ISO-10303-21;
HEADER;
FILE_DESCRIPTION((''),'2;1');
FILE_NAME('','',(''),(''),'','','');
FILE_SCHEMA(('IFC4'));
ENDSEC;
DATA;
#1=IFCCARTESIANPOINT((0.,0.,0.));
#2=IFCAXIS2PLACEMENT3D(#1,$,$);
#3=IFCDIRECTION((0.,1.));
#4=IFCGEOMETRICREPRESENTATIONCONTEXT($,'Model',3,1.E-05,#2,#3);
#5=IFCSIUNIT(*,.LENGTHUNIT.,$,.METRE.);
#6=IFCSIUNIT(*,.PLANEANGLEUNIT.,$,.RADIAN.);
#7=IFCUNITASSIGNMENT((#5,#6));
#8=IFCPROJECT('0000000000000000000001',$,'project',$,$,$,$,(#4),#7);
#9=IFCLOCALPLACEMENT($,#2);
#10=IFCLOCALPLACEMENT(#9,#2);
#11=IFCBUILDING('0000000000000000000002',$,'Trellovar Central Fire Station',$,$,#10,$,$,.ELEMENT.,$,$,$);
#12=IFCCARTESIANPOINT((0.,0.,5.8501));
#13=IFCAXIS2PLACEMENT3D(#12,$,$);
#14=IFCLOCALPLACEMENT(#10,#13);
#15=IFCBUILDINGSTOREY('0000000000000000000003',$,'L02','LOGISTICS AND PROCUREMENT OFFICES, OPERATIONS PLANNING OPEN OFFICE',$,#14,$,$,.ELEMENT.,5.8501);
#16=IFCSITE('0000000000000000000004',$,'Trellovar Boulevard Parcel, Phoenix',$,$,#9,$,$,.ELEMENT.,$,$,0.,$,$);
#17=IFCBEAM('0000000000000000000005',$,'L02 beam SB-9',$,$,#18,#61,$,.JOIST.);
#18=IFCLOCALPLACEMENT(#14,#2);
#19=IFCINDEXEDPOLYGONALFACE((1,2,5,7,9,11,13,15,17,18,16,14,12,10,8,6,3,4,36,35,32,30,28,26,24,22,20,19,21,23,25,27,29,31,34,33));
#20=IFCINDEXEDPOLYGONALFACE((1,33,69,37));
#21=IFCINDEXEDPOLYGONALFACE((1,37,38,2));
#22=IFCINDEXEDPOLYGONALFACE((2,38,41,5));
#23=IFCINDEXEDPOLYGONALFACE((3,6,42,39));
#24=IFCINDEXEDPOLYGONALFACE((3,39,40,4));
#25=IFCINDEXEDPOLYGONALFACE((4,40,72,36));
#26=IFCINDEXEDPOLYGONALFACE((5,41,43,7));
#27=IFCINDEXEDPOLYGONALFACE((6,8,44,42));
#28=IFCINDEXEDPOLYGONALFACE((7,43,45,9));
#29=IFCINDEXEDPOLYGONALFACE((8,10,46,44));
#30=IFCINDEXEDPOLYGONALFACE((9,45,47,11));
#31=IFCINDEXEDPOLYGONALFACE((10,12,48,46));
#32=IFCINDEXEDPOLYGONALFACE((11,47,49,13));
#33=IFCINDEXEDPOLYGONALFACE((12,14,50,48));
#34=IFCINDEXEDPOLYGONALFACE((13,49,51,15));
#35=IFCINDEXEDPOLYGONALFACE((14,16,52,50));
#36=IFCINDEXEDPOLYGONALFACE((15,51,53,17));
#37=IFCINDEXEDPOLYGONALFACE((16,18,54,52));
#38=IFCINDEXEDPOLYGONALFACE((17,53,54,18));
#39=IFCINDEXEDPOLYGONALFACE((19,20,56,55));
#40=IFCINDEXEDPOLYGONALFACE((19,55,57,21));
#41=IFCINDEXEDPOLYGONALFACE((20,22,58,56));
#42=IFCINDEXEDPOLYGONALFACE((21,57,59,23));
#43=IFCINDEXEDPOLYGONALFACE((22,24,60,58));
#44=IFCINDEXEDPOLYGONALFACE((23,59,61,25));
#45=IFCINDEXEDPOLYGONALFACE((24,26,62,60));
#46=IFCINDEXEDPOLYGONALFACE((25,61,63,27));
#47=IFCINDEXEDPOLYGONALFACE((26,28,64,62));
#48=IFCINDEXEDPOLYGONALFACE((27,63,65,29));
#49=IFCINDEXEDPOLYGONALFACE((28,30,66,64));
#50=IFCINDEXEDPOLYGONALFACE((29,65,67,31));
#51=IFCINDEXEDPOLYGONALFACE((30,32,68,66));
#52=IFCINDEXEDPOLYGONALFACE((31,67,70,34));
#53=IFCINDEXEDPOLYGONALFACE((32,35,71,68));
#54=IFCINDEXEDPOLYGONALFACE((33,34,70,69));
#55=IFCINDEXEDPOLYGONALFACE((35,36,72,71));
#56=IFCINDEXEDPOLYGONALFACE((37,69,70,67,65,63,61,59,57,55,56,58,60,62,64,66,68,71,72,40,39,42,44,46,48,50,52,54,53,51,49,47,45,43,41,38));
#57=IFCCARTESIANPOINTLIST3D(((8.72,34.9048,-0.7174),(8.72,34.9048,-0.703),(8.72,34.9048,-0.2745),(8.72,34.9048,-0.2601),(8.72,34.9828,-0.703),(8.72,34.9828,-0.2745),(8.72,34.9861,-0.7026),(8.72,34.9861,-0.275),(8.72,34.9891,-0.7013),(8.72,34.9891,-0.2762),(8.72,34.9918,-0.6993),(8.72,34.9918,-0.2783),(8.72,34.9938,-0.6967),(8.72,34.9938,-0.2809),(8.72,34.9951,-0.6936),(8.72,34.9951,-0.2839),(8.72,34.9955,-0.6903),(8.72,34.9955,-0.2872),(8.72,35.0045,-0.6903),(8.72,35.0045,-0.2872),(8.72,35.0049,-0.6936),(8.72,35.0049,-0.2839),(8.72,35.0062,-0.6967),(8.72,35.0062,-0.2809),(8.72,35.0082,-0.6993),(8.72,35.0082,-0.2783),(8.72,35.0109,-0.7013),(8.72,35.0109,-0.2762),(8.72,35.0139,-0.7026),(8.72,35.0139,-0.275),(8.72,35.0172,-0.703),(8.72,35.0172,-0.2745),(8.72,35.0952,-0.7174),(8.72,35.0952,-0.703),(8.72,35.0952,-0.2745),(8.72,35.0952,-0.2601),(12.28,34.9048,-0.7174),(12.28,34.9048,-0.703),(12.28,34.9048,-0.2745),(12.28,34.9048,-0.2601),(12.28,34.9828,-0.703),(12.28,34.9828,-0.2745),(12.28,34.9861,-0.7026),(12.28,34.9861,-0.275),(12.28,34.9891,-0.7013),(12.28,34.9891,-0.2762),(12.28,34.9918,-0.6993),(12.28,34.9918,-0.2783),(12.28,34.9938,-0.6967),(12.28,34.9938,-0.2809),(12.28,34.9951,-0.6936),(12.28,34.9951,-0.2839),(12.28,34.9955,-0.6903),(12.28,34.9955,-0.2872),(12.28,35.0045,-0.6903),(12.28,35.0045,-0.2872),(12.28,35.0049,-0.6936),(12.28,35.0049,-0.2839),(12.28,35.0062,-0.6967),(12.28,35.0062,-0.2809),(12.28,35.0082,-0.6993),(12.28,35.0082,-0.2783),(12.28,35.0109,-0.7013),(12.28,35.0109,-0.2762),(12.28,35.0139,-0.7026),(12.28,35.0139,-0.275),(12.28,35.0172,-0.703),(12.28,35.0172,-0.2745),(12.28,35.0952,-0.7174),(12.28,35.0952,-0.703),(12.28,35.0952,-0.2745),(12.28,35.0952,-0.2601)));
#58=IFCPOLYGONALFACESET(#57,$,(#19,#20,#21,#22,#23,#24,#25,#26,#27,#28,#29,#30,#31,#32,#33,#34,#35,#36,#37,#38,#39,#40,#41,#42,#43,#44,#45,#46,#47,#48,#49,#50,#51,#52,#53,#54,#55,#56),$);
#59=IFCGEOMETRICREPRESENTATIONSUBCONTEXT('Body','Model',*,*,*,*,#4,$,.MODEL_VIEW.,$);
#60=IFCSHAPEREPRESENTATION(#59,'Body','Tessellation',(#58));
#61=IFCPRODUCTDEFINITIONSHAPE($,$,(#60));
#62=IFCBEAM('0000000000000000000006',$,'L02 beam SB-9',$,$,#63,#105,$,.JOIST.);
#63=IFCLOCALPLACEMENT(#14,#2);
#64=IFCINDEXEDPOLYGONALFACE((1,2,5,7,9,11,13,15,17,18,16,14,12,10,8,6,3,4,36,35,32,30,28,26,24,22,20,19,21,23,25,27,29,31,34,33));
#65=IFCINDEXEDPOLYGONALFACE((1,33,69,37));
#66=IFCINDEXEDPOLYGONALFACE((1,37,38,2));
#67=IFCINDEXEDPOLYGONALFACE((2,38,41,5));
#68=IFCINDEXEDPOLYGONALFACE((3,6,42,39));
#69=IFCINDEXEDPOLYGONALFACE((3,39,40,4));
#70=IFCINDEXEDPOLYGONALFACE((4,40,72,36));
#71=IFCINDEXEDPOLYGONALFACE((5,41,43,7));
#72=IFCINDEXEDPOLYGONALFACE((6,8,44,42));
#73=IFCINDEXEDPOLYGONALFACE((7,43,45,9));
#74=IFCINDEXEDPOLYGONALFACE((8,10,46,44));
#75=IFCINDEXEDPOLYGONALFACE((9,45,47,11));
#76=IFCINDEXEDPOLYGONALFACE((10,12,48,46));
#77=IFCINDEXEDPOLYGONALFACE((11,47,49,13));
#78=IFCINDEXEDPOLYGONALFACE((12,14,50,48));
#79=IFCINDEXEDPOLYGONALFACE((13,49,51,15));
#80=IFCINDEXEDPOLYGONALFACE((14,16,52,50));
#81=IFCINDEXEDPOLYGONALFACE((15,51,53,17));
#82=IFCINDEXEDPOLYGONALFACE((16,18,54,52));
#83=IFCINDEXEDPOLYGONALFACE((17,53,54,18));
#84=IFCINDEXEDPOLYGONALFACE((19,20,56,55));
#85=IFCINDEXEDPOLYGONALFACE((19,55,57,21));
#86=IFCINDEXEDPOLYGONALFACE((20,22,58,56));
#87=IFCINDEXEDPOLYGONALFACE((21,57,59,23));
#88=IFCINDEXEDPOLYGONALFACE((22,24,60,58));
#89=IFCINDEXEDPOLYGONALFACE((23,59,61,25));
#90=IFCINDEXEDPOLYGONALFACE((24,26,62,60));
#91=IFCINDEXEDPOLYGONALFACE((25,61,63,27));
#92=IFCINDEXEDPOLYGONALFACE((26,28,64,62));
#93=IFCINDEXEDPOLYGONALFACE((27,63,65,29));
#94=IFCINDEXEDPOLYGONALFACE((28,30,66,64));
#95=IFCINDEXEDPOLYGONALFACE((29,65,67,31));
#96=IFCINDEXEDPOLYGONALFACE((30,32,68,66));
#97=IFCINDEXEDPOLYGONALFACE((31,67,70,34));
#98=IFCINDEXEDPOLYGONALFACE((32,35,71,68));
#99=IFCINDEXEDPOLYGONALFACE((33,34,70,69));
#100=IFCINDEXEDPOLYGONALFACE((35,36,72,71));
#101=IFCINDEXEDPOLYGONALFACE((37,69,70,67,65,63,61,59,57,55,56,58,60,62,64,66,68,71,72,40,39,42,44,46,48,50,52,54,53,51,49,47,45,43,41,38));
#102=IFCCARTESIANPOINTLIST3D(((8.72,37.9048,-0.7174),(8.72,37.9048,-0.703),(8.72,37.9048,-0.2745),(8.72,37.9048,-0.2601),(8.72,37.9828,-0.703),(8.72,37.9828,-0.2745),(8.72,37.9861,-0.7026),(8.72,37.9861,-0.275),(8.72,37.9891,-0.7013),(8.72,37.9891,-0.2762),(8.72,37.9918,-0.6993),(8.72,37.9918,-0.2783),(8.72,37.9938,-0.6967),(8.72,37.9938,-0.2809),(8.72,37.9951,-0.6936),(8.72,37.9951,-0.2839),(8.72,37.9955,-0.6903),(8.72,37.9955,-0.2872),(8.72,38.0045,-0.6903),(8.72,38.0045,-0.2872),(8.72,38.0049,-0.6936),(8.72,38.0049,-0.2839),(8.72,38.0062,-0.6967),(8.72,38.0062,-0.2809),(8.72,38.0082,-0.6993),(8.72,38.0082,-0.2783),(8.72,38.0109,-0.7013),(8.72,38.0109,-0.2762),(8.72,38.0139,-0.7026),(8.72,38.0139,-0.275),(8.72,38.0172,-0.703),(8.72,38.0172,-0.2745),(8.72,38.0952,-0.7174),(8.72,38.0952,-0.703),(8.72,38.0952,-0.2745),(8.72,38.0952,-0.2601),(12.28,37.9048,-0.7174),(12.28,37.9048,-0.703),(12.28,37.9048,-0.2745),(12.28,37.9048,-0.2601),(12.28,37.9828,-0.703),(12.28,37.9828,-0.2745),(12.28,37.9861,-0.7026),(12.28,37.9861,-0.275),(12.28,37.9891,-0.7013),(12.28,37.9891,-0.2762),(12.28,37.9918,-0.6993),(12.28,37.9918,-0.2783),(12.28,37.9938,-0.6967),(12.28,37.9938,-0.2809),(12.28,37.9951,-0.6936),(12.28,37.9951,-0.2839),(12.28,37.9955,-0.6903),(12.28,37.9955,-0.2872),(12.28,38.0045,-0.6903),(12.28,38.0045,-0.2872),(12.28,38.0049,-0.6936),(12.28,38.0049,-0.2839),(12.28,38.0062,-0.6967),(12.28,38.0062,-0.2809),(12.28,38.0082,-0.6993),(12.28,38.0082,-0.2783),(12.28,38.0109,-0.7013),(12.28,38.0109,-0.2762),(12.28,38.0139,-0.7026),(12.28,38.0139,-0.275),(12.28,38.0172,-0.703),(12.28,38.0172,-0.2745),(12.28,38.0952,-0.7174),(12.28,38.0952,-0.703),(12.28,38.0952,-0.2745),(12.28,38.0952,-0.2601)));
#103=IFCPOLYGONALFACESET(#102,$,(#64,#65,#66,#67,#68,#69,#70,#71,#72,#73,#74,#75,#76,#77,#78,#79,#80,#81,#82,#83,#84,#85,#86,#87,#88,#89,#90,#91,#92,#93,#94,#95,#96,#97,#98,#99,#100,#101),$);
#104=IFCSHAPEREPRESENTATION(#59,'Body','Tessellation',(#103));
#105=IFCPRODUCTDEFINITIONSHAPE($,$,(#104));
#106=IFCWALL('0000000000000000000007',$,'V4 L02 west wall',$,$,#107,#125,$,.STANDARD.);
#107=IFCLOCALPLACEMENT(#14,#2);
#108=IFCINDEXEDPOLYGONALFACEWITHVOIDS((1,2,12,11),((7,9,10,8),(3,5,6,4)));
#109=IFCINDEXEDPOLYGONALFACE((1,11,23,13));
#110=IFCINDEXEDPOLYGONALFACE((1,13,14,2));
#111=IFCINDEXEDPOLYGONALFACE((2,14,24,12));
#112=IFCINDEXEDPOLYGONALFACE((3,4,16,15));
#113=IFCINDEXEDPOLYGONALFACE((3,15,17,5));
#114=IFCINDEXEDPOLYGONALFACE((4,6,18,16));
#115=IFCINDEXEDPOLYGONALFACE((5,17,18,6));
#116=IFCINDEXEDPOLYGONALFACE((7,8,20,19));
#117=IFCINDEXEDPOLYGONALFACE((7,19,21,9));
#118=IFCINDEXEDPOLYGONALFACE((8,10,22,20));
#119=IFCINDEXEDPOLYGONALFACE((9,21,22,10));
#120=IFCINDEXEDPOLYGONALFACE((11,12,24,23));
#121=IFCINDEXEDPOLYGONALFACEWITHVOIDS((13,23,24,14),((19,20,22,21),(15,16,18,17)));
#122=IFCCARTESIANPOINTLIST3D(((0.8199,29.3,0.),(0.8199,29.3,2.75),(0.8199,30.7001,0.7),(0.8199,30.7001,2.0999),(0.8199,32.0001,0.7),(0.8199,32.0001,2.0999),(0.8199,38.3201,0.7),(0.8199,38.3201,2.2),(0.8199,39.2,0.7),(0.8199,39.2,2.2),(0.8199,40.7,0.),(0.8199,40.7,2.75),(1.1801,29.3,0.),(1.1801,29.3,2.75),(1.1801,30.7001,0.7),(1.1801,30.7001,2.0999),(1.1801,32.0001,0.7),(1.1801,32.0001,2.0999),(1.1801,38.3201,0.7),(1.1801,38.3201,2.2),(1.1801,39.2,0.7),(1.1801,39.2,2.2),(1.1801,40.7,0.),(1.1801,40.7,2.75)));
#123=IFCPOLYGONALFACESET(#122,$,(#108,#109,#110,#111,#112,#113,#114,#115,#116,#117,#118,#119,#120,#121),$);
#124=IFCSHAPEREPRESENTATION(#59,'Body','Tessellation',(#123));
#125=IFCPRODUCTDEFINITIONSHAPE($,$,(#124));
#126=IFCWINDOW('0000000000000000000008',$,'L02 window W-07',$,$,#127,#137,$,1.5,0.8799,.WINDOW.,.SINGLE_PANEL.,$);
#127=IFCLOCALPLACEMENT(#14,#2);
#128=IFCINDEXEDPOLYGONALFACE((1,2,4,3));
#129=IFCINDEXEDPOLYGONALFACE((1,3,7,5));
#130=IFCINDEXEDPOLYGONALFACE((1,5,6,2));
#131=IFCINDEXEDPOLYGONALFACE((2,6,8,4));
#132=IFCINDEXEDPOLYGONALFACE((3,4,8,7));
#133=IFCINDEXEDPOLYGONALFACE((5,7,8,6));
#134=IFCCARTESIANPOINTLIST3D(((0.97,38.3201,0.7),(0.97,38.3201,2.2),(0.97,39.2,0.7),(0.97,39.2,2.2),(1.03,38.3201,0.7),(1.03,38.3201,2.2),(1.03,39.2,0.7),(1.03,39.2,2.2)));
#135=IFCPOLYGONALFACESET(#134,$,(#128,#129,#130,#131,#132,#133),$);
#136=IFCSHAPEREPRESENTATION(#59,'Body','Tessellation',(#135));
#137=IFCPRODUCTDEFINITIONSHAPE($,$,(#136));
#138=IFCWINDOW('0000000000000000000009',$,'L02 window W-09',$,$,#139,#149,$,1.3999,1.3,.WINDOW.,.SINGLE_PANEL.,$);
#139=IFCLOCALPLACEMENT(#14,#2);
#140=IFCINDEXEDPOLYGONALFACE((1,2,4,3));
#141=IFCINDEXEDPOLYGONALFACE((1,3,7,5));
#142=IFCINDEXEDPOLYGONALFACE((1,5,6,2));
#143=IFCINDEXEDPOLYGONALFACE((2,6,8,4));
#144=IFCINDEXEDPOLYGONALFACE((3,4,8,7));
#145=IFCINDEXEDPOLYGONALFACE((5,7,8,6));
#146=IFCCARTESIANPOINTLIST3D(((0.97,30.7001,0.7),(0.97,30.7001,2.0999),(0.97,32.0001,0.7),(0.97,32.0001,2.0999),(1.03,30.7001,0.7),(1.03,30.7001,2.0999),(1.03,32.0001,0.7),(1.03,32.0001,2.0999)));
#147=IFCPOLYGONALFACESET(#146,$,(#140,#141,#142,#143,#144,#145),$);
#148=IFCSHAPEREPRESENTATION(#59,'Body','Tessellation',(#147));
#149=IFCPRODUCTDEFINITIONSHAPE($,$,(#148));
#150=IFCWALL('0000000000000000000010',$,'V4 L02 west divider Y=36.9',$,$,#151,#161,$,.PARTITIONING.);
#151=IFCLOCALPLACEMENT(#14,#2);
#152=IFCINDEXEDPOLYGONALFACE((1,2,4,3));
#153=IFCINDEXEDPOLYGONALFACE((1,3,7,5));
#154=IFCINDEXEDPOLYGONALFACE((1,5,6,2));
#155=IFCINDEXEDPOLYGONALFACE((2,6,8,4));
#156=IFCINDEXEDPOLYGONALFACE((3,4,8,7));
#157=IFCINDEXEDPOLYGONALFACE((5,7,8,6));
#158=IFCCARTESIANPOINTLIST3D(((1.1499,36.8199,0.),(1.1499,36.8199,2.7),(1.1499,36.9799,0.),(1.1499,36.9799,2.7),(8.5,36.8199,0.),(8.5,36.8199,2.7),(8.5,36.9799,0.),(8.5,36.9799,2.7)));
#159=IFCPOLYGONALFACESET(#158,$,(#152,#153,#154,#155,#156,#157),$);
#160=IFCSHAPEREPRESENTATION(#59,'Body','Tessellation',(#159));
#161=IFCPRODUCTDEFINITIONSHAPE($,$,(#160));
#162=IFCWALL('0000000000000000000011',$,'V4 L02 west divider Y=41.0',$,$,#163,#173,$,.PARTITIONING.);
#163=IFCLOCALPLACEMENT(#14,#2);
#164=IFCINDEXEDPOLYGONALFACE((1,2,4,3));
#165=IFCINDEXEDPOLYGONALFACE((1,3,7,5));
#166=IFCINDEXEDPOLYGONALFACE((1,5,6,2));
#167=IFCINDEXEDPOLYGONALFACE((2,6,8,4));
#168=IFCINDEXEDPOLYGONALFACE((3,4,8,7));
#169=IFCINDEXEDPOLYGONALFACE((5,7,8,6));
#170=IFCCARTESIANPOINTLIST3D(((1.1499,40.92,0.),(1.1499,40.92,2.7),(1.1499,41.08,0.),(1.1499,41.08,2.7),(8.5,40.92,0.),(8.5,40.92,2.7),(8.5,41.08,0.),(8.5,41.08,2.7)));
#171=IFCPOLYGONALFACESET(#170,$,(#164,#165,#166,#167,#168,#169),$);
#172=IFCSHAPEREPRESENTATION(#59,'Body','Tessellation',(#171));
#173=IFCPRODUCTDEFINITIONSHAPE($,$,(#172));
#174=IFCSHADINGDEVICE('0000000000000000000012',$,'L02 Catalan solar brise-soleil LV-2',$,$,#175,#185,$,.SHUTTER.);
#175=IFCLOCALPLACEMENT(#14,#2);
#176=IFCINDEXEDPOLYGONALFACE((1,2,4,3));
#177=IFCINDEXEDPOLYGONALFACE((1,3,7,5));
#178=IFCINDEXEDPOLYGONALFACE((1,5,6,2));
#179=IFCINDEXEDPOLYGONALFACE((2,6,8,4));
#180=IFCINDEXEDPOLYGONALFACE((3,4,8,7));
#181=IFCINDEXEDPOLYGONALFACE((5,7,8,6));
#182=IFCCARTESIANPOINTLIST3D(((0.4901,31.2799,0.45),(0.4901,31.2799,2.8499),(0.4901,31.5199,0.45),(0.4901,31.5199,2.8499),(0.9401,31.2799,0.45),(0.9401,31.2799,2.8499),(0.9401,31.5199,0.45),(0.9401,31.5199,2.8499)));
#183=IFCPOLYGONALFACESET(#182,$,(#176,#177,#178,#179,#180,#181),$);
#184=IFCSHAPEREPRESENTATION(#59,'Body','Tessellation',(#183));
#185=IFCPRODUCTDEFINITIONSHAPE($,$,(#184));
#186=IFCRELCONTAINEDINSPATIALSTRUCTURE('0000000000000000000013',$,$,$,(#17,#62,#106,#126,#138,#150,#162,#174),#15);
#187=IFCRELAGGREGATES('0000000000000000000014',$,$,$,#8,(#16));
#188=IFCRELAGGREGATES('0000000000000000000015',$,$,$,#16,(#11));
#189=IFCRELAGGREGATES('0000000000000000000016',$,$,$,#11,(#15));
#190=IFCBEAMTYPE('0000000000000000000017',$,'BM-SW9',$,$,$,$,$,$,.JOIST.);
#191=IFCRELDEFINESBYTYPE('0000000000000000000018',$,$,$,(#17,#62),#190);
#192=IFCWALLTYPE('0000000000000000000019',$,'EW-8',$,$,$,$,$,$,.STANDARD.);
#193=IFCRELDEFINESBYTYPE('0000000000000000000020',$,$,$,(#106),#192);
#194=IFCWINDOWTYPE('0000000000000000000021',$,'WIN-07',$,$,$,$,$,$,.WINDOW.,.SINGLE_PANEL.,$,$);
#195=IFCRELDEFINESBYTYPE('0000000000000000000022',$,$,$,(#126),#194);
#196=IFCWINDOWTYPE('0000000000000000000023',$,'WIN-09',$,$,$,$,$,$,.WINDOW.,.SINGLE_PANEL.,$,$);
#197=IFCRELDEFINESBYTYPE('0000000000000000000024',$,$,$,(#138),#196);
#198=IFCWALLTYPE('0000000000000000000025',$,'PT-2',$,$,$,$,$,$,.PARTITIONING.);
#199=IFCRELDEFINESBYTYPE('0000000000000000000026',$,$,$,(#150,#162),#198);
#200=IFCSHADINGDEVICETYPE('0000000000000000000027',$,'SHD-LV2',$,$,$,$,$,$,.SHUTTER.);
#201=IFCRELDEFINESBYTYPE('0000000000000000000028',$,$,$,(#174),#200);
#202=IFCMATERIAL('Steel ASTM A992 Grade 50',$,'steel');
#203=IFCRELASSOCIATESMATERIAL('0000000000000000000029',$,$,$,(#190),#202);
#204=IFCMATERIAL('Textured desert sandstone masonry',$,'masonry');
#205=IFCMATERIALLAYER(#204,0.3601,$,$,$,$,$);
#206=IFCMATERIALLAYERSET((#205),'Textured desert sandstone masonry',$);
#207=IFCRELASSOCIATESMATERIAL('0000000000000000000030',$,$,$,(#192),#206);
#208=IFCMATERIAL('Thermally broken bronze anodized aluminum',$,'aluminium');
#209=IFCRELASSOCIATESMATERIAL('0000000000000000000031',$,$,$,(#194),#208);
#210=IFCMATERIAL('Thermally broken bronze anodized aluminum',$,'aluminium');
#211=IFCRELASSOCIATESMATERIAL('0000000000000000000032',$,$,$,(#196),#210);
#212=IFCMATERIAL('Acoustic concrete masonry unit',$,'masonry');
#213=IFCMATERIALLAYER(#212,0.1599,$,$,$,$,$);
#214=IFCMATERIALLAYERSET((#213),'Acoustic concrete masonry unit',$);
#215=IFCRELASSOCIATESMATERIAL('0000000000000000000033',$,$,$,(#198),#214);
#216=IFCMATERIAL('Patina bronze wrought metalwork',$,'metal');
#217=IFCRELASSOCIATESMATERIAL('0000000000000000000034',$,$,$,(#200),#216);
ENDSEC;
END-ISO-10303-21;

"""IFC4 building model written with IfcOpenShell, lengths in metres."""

from ifc_helpers import new_model, si_unit, direction, frame, frame_2d, origin, origin_2d, place, context, subcontext, project, spatial, rectangle, i_section, extrude, material, layer, layer_set, material_profile, profile_set, type_object, element, fill, save


model = new_model("IFC4")

# Units and contexts
model_context = context("Model", 3, precision=1e-05, world=origin(), true_north=direction((0.0, 1.0)))
body_context = subcontext(model_context, "Body", "Model", "MODEL_VIEW")
ifc_project = project(units=[si_unit("LENGTHUNIT", "METRE"), si_unit("PLANEANGLEUNIT", "RADIAN")], contexts=[model_context])

# Site, building, storey
site_placement = place(None, origin())
site = spatial("IfcSite", under=ifc_project, at=site_placement, Name="Trellovar Boulevard Parcel, Phoenix", CompositionType="ELEMENT", RefElevation=0.0)
building_placement = place(site_placement, origin())
building = spatial("IfcBuilding", under=site, at=building_placement, Name="Trellovar Central Fire Station", CompositionType="ELEMENT")
storey_placement = place(building_placement, frame((0.0, 0.0, 5.8501)))
storey = spatial("IfcBuildingStorey", under=building, at=storey_placement, Name="L02", Description="LOGISTICS AND PROCUREMENT OFFICES, OPERATIONS PLANNING OPEN OFFICE", CompositionType="ELEMENT", Elevation=5.8501)

# Beams
ifc_material_1 = material(Name="Steel ASTM A992 Grade 50", Category="steel")
ifc_material_profile_1 = material_profile(ifc_material_1, i_section(OverallWidth=0.1904, OverallDepth=0.4573, WebThickness=0.009, FlangeThickness=0.0144, FilletRadius=0.0127, at=origin_2d()), Name="W18X50")
ifc_profile_set_1 = profile_set([ifc_material_profile_1], Name="Steel ASTM A992 Grade 50")
beam_type_1 = type_object("IfcBeamType", Name="BM-SW9", PredefinedType="JOIST", material=ifc_profile_set_1)
for number, where, z_axis, x_axis, name in (
    (1, (8.72, 35.0, -0.4888), (1.0, 0.0, 0.0), (0.0, 1.0, 0.0), "L02 beam SB-9"),
    (2, (8.72, 38.0, -0.4888), (1.0, 0.0, 0.0), (0.0, 1.0, 0.0), "L02 beam SB-9"),
):
    element("IfcBeam", number, at=place(storey_placement, frame(where, z_axis=z_axis, x_axis=x_axis)), inside=storey, type_object=beam_type_1, Name=name, PredefinedType="JOIST", context=body_context, shape_type="SweptSolid", body=[
        extrude(i_section(OverallWidth=0.1904, OverallDepth=0.4573, WebThickness=0.009, FlangeThickness=0.0144, FilletRadius=0.0127, at=origin_2d()), origin(), (0.0, 0.0, 1.0), 3.5601),
    ])

# Wall, openings, windows
ifc_material_2 = material(Name="Textured desert sandstone masonry", Category="masonry")
ifc_layer_1 = layer(ifc_material_2, 0.3601)
ifc_layer_set_1 = layer_set([ifc_layer_1], Name="Textured desert sandstone masonry")
wall_type_1 = type_object("IfcWallType", Name="EW-8", PredefinedType="STANDARD", material=ifc_layer_set_1)
wall_placement = place(storey_placement, frame((1.0, 40.7, 0.0), z_axis=(0.0, 0.0, 1.0), x_axis=(0.0, -1.0, 0.0)))
wall = element("IfcWall", 3, at=wall_placement, inside=storey, type_object=wall_type_1, Name="V4 L02 west wall", PredefinedType="STANDARD", context=body_context, shape_type="SweptSolid", body=[
    extrude(rectangle(XDim=11.3999, YDim=0.3601, at=frame_2d((5.7, 0.0))), origin(), (0.0, 0.0, 1.0), 2.75),
])
opening_1_placement = place(wall_placement, frame((1.5, 0.0, 0.7)))
opening_1 = element("IfcOpeningElement", 4, at=opening_1_placement, cuts=wall, PredefinedType="OPENING", context=body_context, shape_type="SweptSolid", body=[
    extrude(rectangle(XDim=0.8799, YDim=1.5, at=frame_2d((0.4399, 0.75))), frame((0.0, 0.1899, 0.0), z_axis=(0.0, -1.0, 0.0), x_axis=(1.0, 0.0, 0.0)), (0.0, 0.0, 1.0), 0.3801),
])
opening_2_placement = place(wall_placement, frame((8.7, 0.0, 0.7)))
opening_2 = element("IfcOpeningElement", 5, at=opening_2_placement, cuts=wall, PredefinedType="OPENING", context=body_context, shape_type="SweptSolid", body=[
    extrude(rectangle(XDim=1.3, YDim=1.3999, at=frame_2d((0.6499, 0.7))), frame((0.0, 0.1899, 0.0), z_axis=(0.0, -1.0, 0.0), x_axis=(1.0, 0.0, 0.0)), (0.0, 0.0, 1.0), 0.3801),
])
ifc_material_3 = material(Name="Thermally broken bronze anodized aluminum", Category="aluminium")
window_type_1 = type_object("IfcWindowType", Name="WIN-07", PartitioningType="SINGLE_PANEL", PredefinedType="WINDOW", material=ifc_material_3)
window_1_placement = place(opening_1_placement, origin())
window_1 = element("IfcWindow", 6, at=window_1_placement, inside=storey, type_object=window_type_1, Name="L02 window W-07", OverallHeight=1.5, OverallWidth=0.8799, PartitioningType="SINGLE_PANEL", PredefinedType="WINDOW", context=body_context, shape_type="SweptSolid", body=[
    extrude(rectangle(XDim=0.8799, YDim=1.5, at=frame_2d((0.4399, 0.75))), frame((0.0, 0.03, 0.0), z_axis=(0.0, -1.0, 0.0), x_axis=(1.0, 0.0, 0.0)), (0.0, 0.0, 1.0), 0.0601),
])
fill(opening_1, window_1)
ifc_material_4 = material(Name="Thermally broken bronze anodized aluminum", Category="aluminium")
window_type_2 = type_object("IfcWindowType", Name="WIN-09", PartitioningType="SINGLE_PANEL", PredefinedType="WINDOW", material=ifc_material_4)
window_2_placement = place(opening_2_placement, origin())
window_2 = element("IfcWindow", 7, at=window_2_placement, inside=storey, type_object=window_type_2, Name="L02 window W-09", OverallHeight=1.3999, OverallWidth=1.3, PartitioningType="SINGLE_PANEL", PredefinedType="WINDOW", context=body_context, shape_type="SweptSolid", body=[
    extrude(rectangle(XDim=1.3, YDim=1.3999, at=frame_2d((0.6499, 0.7))), frame((0.0, 0.03, 0.0), z_axis=(0.0, -1.0, 0.0), x_axis=(1.0, 0.0, 0.0)), (0.0, 0.0, 1.0), 0.0601),
])
fill(opening_2, window_2)

# Walls
ifc_material_5 = material(Name="Acoustic concrete masonry unit", Category="masonry")
ifc_layer_2 = layer(ifc_material_5, 0.1599)
ifc_layer_set_2 = layer_set([ifc_layer_2], Name="Acoustic concrete masonry unit")
wall_type_2 = type_object("IfcWallType", Name="PT-2", PredefinedType="PARTITIONING", material=ifc_layer_set_2)
for number, where, z_axis, x_axis, name in (
    (8, (1.1499, 36.8999, 0.0), (0.0, 0.0, 1.0), (1.0, 0.0, 0.0), "V4 L02 west divider Y=36.9"),
    (9, (1.1499, 41.0, 0.0), (0.0, 0.0, 1.0), (1.0, 0.0, 0.0), "V4 L02 west divider Y=41.0"),
):
    element("IfcWall", number, at=place(storey_placement, frame(where, z_axis=z_axis, x_axis=x_axis)), inside=storey, type_object=wall_type_2, Name=name, PredefinedType="PARTITIONING", context=body_context, shape_type="SweptSolid", body=[
        extrude(rectangle(XDim=7.3501, YDim=0.1599, at=frame_2d((3.675, 0.0))), origin(), (0.0, 0.0, 1.0), 2.7),
    ])

# Shading device
ifc_material_6 = material(Name="Patina bronze wrought metalwork", Category="metal")
shading_device_type = type_object("IfcShadingDeviceType", Name="SHD-LV2", PredefinedType="SHUTTER", material=ifc_material_6)
for number, where, z_axis, x_axis, name in (
    (10, (0.7151, 31.3999, 0.45), (0.0, 0.0, 1.0), (1.0, 0.0, 0.0), "L02 Catalan solar brise-soleil LV-2"),
):
    element("IfcShadingDevice", number, at=place(storey_placement, frame(where, z_axis=z_axis, x_axis=x_axis)), inside=storey, type_object=shading_device_type, Name=name, PredefinedType="SHUTTER", context=body_context, shape_type="SweptSolid", body=[
        extrude(rectangle(XDim=0.45, YDim=0.24, at=origin_2d()), origin(), (0.0, 0.0, 1.0), 2.3999),
    ])

save(model, "model.ifc")
